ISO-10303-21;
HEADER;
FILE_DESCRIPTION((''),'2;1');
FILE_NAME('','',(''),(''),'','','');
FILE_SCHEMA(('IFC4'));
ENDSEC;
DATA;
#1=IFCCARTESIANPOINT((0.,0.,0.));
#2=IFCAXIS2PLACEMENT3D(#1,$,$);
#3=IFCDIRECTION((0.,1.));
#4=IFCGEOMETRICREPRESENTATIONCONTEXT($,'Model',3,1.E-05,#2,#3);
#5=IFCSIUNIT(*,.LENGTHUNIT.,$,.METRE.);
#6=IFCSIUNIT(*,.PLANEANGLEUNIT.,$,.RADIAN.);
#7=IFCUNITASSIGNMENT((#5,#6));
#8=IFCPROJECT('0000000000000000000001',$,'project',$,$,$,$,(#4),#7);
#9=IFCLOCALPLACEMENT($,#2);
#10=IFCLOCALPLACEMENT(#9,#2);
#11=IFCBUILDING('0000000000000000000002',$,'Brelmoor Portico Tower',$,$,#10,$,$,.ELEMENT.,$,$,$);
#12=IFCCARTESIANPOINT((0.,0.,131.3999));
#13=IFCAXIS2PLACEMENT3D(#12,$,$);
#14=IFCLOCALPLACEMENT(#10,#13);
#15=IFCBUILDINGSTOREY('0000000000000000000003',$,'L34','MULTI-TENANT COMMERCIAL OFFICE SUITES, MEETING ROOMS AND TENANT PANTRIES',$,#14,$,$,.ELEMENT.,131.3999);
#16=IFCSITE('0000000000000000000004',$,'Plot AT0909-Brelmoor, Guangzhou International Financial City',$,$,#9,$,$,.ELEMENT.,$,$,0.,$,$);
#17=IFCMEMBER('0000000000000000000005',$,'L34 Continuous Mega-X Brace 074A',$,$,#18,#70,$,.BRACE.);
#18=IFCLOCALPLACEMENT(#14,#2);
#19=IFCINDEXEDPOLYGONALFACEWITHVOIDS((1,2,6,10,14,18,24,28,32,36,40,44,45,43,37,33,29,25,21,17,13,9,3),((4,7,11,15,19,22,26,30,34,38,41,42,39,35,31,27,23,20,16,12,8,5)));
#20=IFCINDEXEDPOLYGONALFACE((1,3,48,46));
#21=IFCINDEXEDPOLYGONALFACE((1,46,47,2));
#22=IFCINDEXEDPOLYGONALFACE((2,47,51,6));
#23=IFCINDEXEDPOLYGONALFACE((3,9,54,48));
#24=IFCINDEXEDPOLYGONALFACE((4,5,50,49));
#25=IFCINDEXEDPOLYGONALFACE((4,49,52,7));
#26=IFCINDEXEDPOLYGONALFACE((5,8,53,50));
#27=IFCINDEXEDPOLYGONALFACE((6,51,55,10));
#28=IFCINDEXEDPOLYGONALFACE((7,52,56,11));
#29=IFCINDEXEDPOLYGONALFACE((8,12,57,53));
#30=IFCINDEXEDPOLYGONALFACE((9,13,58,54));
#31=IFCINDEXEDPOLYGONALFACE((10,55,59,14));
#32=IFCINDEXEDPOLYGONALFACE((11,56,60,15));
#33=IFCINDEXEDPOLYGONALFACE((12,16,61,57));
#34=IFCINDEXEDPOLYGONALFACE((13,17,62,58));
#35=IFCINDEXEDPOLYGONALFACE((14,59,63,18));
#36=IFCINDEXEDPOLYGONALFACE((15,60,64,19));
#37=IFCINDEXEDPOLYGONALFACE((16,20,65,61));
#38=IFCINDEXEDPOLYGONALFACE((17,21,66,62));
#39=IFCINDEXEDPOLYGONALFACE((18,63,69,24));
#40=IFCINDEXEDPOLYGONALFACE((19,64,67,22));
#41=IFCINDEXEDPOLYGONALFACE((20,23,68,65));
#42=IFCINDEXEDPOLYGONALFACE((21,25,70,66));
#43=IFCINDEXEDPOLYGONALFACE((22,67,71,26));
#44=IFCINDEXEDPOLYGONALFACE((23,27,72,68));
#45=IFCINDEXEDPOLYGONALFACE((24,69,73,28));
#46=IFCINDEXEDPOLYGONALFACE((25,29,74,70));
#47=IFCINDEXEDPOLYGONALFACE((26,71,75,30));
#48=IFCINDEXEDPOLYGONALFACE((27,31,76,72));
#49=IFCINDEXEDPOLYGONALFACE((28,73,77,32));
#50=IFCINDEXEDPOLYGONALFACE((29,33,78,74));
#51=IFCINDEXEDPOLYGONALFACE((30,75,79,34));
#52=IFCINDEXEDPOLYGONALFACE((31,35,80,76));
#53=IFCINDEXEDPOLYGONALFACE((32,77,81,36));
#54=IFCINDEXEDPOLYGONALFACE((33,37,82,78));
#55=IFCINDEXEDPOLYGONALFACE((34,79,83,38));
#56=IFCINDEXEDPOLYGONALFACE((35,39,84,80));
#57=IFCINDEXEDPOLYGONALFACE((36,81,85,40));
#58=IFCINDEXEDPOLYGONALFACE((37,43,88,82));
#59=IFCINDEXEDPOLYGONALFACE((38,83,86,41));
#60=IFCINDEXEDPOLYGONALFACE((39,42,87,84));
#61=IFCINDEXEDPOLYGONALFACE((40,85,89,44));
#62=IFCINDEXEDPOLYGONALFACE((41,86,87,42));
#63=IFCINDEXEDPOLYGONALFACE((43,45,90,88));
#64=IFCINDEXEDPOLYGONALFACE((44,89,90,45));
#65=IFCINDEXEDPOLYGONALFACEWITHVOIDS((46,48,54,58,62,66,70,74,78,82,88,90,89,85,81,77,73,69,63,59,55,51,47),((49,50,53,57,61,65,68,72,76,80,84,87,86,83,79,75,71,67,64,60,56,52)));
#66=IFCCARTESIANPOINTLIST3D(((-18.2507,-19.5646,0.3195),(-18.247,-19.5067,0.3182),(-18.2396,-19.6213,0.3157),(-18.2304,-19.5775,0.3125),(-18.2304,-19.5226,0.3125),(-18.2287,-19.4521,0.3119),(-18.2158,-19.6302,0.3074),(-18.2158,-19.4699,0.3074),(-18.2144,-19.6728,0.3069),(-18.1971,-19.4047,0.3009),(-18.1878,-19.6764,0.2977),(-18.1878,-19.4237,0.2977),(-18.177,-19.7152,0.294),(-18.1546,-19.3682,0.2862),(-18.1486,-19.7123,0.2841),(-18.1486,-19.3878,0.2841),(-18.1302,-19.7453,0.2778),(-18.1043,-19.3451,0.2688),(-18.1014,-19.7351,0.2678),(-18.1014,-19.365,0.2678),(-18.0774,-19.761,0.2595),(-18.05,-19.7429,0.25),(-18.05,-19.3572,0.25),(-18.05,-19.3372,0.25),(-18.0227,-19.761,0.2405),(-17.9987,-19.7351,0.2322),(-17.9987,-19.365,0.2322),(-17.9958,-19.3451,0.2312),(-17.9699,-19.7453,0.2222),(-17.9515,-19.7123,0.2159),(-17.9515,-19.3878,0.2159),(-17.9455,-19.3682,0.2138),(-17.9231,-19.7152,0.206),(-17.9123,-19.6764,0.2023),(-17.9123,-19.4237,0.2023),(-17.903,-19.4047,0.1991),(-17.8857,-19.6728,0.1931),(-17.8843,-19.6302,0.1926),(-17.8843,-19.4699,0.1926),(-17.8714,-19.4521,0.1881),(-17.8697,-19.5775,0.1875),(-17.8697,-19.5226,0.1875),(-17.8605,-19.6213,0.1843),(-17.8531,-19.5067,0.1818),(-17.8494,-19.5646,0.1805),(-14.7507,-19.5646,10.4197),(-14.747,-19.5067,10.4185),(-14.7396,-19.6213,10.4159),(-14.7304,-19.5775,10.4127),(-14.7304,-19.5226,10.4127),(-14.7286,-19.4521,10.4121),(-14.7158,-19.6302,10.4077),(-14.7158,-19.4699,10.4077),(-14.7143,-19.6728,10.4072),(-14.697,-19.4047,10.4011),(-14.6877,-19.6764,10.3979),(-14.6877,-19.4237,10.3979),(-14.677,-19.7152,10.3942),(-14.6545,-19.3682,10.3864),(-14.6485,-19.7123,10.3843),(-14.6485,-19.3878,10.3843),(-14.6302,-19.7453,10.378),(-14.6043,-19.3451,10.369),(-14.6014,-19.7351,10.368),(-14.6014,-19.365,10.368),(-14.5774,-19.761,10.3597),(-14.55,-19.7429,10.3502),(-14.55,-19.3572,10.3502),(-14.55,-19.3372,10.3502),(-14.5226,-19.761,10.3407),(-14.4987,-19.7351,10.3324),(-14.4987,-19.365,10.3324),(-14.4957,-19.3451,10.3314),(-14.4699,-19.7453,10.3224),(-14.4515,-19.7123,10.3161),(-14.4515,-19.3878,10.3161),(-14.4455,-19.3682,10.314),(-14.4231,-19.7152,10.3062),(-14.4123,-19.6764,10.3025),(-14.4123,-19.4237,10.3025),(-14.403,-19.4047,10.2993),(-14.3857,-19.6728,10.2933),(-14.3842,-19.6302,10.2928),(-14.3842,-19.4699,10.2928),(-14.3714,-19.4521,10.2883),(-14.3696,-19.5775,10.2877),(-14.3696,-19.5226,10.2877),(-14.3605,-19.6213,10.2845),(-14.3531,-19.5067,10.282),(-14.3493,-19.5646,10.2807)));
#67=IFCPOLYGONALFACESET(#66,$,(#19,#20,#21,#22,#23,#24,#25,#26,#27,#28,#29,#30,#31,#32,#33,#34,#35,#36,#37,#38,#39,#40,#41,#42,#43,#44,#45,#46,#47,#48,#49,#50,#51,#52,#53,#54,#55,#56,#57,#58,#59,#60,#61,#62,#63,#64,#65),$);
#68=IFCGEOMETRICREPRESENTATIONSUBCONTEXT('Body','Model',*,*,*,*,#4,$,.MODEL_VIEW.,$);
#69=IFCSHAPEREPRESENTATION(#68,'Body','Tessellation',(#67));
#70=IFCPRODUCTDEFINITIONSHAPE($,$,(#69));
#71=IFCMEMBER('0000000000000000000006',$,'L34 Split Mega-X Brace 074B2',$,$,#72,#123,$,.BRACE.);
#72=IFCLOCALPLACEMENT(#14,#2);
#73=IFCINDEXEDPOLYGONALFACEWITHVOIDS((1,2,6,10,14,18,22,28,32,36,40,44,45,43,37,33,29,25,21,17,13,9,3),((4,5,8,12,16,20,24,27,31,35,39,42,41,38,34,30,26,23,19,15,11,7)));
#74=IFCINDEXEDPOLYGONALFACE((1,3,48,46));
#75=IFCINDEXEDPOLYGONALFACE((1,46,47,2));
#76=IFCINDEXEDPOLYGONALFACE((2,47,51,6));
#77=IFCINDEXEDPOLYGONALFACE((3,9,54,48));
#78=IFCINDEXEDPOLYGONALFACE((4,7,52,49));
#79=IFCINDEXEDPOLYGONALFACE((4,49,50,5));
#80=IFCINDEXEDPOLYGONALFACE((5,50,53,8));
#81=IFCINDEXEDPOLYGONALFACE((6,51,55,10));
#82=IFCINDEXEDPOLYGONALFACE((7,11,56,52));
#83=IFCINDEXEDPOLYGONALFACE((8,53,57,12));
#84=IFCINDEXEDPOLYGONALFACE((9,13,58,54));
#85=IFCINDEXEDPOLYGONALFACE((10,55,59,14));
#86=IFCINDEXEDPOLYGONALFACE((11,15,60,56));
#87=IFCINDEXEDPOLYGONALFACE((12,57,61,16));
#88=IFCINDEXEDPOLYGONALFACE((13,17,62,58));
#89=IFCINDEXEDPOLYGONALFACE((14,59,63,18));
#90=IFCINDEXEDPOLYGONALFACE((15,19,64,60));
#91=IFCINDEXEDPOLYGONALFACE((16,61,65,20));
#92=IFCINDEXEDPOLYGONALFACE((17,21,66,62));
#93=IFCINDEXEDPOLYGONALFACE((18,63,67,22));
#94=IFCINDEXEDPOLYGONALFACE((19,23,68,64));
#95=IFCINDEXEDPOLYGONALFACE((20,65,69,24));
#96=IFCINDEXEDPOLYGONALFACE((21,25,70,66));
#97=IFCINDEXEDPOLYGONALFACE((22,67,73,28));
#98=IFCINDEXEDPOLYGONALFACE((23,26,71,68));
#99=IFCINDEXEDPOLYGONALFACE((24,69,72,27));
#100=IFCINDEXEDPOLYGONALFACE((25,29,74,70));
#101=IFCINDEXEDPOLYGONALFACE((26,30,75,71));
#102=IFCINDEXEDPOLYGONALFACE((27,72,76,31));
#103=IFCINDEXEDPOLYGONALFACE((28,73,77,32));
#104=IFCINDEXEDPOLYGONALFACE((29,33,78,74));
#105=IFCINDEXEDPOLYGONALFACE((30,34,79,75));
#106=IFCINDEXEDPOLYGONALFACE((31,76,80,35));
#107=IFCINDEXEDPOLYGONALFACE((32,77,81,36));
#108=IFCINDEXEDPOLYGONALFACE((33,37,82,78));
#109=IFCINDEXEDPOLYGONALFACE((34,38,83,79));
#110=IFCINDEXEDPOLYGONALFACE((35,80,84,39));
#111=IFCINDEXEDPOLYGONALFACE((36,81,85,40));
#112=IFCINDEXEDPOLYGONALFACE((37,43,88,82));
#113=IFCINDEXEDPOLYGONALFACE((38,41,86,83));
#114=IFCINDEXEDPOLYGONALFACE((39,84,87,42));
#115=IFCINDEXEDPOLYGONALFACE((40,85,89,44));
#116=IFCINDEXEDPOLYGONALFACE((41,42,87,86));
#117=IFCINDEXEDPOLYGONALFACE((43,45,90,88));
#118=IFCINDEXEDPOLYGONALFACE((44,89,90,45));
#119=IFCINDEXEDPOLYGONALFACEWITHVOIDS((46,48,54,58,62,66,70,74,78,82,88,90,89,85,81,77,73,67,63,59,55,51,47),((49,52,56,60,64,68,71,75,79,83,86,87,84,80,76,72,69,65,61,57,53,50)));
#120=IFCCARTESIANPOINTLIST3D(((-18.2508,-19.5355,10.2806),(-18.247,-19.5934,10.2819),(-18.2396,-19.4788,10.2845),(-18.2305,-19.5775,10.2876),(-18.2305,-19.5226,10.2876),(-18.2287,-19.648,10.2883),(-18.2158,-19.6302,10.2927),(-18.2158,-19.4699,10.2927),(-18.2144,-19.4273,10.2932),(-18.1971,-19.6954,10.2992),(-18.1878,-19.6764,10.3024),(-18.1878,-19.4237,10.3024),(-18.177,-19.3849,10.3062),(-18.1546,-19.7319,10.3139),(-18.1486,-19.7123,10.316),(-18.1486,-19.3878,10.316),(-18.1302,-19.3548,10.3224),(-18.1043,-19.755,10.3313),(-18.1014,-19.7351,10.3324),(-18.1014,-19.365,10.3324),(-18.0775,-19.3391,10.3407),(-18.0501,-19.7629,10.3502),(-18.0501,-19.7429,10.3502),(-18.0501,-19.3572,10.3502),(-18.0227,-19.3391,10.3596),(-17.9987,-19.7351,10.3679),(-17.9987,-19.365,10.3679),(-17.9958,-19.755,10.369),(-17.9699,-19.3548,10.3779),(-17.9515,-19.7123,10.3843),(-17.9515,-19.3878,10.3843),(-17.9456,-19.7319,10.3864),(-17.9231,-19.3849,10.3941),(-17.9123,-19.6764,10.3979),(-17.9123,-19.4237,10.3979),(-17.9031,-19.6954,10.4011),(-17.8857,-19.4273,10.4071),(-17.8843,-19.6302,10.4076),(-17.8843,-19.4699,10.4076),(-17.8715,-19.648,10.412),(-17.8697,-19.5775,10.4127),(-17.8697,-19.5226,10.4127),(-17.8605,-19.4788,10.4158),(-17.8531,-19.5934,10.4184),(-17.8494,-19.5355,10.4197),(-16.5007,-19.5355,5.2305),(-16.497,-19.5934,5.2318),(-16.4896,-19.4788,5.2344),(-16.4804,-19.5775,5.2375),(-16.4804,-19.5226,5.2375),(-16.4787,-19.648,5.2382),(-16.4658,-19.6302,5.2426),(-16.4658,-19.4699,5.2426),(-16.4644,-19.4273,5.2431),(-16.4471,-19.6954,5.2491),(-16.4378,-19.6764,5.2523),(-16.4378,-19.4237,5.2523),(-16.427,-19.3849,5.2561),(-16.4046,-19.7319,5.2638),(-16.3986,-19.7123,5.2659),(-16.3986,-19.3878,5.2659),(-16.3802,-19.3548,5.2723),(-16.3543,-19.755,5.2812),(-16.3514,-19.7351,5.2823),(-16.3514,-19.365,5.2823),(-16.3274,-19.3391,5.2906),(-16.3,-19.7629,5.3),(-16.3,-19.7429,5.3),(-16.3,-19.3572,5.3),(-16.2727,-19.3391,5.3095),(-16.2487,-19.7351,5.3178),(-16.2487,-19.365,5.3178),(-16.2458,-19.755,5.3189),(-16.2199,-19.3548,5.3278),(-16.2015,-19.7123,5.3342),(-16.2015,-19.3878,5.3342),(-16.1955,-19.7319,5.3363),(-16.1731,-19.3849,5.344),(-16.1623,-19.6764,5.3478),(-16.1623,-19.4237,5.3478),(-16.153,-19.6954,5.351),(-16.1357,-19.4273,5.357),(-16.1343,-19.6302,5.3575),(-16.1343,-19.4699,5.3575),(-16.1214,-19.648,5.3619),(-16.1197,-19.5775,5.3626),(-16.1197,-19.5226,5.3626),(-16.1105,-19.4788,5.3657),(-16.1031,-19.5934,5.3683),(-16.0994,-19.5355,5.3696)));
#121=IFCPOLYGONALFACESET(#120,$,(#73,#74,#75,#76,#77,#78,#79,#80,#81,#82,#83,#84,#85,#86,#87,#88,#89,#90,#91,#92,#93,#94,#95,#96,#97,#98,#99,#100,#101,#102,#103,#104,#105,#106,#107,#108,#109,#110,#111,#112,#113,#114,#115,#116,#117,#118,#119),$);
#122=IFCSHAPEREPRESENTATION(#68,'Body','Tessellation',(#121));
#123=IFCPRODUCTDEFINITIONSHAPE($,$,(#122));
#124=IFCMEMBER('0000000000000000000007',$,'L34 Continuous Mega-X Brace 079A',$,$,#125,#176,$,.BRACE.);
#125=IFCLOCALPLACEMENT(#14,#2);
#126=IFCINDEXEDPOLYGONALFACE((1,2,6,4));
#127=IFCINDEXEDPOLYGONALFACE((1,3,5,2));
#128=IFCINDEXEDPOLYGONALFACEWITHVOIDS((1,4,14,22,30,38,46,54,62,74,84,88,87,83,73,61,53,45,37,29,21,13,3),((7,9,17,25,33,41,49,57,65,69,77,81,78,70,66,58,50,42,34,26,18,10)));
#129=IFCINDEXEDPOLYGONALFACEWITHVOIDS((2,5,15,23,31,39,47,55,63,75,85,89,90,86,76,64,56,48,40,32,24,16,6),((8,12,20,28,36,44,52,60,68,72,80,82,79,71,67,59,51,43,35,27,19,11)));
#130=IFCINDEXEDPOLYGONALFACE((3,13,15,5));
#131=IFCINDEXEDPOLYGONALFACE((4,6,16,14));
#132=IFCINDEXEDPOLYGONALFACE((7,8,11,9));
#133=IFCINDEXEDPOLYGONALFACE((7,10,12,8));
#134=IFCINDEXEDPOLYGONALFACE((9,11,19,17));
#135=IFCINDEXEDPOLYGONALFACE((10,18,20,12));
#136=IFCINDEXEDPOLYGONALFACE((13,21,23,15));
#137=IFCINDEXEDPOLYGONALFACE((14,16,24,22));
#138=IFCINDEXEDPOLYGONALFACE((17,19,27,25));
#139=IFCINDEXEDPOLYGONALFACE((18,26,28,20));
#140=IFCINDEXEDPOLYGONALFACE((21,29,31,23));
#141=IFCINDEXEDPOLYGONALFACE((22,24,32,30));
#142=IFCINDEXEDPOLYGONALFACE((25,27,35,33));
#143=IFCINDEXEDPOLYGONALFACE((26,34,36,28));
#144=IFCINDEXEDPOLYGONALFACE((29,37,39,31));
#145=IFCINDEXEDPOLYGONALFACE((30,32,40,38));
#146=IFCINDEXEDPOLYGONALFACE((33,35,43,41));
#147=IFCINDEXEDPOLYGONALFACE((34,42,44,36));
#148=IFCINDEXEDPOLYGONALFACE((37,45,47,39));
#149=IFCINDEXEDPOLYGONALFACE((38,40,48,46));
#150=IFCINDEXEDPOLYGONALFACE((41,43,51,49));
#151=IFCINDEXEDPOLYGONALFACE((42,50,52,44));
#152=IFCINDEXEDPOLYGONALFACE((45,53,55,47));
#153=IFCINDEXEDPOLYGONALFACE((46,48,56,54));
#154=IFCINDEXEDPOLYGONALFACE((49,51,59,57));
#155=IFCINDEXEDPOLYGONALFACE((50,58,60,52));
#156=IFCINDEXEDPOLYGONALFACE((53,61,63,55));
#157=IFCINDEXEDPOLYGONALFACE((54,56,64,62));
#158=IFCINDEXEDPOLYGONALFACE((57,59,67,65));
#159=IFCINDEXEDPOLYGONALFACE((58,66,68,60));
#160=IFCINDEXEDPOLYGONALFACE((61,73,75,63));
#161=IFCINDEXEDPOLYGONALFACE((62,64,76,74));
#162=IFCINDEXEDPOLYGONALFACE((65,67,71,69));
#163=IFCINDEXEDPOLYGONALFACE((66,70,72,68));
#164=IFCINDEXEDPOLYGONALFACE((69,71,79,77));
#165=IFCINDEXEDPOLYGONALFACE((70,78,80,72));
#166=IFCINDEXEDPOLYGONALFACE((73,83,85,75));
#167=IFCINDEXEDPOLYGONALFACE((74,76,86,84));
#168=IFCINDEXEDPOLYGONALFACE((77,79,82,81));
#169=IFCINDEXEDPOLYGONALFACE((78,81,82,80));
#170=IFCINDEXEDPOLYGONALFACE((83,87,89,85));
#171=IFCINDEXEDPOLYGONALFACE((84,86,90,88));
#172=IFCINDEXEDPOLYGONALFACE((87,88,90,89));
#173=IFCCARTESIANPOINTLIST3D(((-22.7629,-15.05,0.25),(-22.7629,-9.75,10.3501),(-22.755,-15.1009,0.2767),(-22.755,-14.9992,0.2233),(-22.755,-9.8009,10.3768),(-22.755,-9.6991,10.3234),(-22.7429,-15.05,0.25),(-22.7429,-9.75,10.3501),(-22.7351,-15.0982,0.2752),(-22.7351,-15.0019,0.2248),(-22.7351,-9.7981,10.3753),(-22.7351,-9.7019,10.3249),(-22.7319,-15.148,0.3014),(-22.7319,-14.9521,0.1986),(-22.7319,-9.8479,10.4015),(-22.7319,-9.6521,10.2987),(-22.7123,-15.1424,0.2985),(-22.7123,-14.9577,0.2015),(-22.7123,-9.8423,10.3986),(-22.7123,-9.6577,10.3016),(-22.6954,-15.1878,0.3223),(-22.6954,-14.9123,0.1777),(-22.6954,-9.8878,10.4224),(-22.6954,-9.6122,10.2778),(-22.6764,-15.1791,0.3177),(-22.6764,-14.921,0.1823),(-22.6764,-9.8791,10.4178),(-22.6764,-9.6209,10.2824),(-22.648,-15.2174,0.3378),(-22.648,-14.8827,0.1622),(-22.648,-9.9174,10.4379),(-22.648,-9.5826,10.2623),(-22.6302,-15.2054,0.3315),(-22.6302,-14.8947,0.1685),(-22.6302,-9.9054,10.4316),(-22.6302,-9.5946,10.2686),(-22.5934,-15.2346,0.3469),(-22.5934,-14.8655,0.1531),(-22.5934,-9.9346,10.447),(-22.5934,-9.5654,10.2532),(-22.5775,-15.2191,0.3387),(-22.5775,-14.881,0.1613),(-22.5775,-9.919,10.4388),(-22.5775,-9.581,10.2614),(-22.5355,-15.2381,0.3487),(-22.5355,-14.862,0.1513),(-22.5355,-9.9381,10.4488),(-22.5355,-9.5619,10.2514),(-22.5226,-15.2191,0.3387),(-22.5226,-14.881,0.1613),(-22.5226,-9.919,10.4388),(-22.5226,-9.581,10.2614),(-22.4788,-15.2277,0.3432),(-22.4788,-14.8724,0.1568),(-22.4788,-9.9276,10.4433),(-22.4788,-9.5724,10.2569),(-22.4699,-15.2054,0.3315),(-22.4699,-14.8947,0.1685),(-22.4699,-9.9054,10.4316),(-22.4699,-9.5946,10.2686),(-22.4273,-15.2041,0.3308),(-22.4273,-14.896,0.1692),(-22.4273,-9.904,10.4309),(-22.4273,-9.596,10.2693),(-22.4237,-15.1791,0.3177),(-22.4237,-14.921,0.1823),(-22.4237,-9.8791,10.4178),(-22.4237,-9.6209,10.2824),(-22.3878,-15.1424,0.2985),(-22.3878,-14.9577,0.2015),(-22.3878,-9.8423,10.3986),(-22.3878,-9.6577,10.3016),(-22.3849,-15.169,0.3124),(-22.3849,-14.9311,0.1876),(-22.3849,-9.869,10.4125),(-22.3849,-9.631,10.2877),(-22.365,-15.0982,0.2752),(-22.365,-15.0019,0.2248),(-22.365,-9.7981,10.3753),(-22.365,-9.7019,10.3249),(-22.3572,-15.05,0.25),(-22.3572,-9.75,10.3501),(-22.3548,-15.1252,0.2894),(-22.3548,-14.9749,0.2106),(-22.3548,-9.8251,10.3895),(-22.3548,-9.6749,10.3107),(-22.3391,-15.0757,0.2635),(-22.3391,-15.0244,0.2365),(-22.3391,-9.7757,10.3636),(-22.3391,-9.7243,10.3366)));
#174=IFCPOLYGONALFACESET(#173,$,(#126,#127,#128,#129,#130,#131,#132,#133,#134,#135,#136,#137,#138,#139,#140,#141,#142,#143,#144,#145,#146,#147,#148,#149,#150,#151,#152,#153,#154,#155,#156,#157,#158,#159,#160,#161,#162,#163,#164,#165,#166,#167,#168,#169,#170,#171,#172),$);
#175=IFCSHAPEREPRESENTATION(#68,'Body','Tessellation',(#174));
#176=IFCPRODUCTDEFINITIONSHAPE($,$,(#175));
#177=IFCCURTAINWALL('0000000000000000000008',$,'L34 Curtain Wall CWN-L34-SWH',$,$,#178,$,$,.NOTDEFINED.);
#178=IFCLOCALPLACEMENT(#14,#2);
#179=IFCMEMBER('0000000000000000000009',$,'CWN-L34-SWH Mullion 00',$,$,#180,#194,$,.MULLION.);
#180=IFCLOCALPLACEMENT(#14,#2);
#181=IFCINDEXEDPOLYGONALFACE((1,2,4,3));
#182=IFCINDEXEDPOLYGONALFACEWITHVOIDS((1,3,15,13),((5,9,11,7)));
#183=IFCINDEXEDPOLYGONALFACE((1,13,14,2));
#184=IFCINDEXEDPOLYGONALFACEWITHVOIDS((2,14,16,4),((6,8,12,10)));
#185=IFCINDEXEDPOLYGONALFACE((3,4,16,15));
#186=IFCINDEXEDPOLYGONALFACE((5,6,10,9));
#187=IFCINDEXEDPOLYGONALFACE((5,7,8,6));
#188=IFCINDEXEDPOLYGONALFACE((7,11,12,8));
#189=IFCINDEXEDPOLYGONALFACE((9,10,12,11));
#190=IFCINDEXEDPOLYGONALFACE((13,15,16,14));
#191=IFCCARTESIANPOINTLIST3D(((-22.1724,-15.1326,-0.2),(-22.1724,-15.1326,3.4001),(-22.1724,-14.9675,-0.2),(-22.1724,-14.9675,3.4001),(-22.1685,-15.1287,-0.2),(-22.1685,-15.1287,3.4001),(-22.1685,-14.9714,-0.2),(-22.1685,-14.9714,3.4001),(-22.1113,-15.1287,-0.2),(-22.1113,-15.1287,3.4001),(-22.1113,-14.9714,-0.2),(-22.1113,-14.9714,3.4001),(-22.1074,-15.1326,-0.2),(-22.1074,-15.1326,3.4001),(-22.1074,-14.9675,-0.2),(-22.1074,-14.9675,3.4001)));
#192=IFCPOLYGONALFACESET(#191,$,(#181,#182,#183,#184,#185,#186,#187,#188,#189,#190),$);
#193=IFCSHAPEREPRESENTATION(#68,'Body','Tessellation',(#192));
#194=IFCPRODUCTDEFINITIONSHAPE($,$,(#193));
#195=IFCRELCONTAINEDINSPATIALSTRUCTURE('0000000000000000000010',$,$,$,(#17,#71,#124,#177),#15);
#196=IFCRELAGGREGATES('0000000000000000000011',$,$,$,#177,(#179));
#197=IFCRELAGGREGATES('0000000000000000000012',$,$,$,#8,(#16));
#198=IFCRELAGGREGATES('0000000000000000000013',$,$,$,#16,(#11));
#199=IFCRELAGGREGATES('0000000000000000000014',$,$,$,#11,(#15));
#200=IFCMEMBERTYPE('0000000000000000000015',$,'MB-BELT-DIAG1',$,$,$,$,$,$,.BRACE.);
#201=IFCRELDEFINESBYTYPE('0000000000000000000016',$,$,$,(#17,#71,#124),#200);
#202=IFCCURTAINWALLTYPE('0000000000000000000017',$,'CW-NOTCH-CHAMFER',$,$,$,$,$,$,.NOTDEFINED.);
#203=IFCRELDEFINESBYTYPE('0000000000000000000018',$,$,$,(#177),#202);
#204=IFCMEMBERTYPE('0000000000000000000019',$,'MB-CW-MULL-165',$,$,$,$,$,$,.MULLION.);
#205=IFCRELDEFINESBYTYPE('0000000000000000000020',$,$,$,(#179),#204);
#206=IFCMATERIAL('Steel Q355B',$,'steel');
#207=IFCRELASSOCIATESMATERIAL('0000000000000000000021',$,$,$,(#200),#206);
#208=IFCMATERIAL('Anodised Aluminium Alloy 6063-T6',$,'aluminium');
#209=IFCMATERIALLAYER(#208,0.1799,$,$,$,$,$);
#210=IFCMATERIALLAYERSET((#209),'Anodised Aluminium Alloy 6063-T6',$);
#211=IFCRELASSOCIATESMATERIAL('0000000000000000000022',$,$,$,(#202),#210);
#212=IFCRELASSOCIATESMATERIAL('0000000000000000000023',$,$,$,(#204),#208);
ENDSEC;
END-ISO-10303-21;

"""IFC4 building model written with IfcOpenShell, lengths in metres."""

from ifc_helpers import new_model, si_unit, direction, frame, origin, origin_2d, place, context, subcontext, project, spatial, hollow_rectangle, hollow_circle, extrude, material, layer, layer_set, material_profile, profile_set, type_object, element, aggregate, save


model = new_model("IFC4")

# Units and contexts
model_context = context("Model", 3, precision=1e-05, world=origin(), true_north=direction((0.0, 1.0)))
body_context = subcontext(model_context, "Body", "Model", "MODEL_VIEW")
ifc_project = project(units=[si_unit("LENGTHUNIT", "METRE"), si_unit("PLANEANGLEUNIT", "RADIAN")], contexts=[model_context])

# Site, building, storey
site_placement = place(None, origin())
site = spatial("IfcSite", under=ifc_project, at=site_placement, Name="Plot AT0909-Brelmoor, Guangzhou International Financial City", CompositionType="ELEMENT", RefElevation=0.0)
building_placement = place(site_placement, origin())
building = spatial("IfcBuilding", under=site, at=building_placement, Name="Brelmoor Portico Tower", CompositionType="ELEMENT")
storey_placement = place(building_placement, frame((0.0, 0.0, 131.3999)))
storey = spatial("IfcBuildingStorey", under=building, at=storey_placement, Name="L34", Description="MULTI-TENANT COMMERCIAL OFFICE SUITES, MEETING ROOMS AND TENANT PANTRIES", CompositionType="ELEMENT", Elevation=131.3999)

# Shared definitions
ifc_material_1 = material(Name="Steel Q355B", Category="steel")

# Members
ifc_material_profile_1 = material_profile(ifc_material_1, hollow_circle(Radius=0.2129, WallThickness=0.02, at=origin_2d()), Name="CHS 426x20")
ifc_profile_set_1 = profile_set([ifc_material_profile_1], Name="Steel Q355B")
member_type_1 = type_object("IfcMemberType", Name="MB-BELT-DIAG1", PredefinedType="BRACE", material=ifc_profile_set_1)
member_1_placement = place(storey_placement, frame((-18.05, -19.55, 0.25), z_axis=(0.327429, 0.0, 0.944876), x_axis=(0.0, 1.0, 0.0)))
element("IfcMember", 1, at=member_1_placement, inside=storey, type_object=member_type_1, Name="L34 Continuous Mega-X Brace 074A", PredefinedType="BRACE", context=body_context, shape_type="SweptSolid", body=[
    extrude(hollow_circle(Radius=0.2129, WallThickness=0.02, at=origin_2d()), origin(), (0.0, 0.0, 1.0), 10.6895),
])
member_2_placement = place(storey_placement, frame((-16.3, -19.55, 5.3), z_axis=(-0.327429, 0.0, 0.944876), x_axis=(0.0, -1.0, 0.0)))
element("IfcMember", 2, at=member_2_placement, inside=storey, type_object=member_type_1, Name="L34 Split Mega-X Brace 074B2", PredefinedType="BRACE", context=body_context, shape_type="SweptSolid", body=[
    extrude(hollow_circle(Radius=0.2129, WallThickness=0.02, at=origin_2d()), origin(), (0.0, 0.0, 1.0), 5.3447),
])
member_3_placement = place(storey_placement, frame((-22.55, -15.05, 0.25), z_axis=(0.0, 0.464662, 0.885488), x_axis=(-1.0, 0.0, 0.0)))
element("IfcMember", 3, at=member_3_placement, inside=storey, type_object=member_type_1, Name="L34 Continuous Mega-X Brace 079A", PredefinedType="BRACE", context=body_context, shape_type="SweptSolid", body=[
    extrude(hollow_circle(Radius=0.2129, WallThickness=0.02, at=origin_2d()), origin(), (0.0, 0.0, 1.0), 11.4062),
])

# Curtain wall, member
ifc_material_2 = material(Name="Anodised Aluminium Alloy 6063-T6", Category="aluminium")
ifc_layer_1 = layer(ifc_material_2, 0.1799)
ifc_layer_set_1 = layer_set([ifc_layer_1], Name="Anodised Aluminium Alloy 6063-T6")
curtain_wall_type_1 = type_object("IfcCurtainWallType", Name="CW-NOTCH-CHAMFER", PredefinedType="NOTDEFINED", material=ifc_layer_set_1)
curtain_wall_1_placement = place(storey_placement, origin())
curtain_wall_1 = element("IfcCurtainWall", 4, at=curtain_wall_1_placement, inside=storey, type_object=curtain_wall_type_1, Name="L34 Curtain Wall CWN-L34-SWH", PredefinedType="NOTDEFINED")
ifc_material_profile_2 = material_profile(ifc_material_2, hollow_rectangle(XDim=0.0649, YDim=0.165, WallThickness=0.0039, at=origin_2d()), Name="ALU MULLION 65x165")
ifc_profile_set_2 = profile_set([ifc_material_profile_2], Name="Anodised Aluminium Alloy 6063-T6")
member_type_2 = type_object("IfcMemberType", Name="MB-CW-MULL-165", PredefinedType="MULLION", material=ifc_profile_set_2)
member_4_placement = place(storey_placement, frame((-22.1399, -15.05, -0.2), z_axis=(0.0, 0.0, 1.0), x_axis=(1.0, 0.0, 0.0)))
member_4 = element("IfcMember", 5, at=member_4_placement, type_object=member_type_2, Name="CWN-L34-SWH Mullion 00", PredefinedType="MULLION", context=body_context, shape_type="SweptSolid", body=[
    extrude(hollow_rectangle(XDim=0.0649, YDim=0.165, WallThickness=0.0039, at=origin_2d()), origin(), (0.0, 0.0, 1.0), 3.6001),
])
aggregate(curtain_wall_1, [member_4])

save(model, "model.ifc")
